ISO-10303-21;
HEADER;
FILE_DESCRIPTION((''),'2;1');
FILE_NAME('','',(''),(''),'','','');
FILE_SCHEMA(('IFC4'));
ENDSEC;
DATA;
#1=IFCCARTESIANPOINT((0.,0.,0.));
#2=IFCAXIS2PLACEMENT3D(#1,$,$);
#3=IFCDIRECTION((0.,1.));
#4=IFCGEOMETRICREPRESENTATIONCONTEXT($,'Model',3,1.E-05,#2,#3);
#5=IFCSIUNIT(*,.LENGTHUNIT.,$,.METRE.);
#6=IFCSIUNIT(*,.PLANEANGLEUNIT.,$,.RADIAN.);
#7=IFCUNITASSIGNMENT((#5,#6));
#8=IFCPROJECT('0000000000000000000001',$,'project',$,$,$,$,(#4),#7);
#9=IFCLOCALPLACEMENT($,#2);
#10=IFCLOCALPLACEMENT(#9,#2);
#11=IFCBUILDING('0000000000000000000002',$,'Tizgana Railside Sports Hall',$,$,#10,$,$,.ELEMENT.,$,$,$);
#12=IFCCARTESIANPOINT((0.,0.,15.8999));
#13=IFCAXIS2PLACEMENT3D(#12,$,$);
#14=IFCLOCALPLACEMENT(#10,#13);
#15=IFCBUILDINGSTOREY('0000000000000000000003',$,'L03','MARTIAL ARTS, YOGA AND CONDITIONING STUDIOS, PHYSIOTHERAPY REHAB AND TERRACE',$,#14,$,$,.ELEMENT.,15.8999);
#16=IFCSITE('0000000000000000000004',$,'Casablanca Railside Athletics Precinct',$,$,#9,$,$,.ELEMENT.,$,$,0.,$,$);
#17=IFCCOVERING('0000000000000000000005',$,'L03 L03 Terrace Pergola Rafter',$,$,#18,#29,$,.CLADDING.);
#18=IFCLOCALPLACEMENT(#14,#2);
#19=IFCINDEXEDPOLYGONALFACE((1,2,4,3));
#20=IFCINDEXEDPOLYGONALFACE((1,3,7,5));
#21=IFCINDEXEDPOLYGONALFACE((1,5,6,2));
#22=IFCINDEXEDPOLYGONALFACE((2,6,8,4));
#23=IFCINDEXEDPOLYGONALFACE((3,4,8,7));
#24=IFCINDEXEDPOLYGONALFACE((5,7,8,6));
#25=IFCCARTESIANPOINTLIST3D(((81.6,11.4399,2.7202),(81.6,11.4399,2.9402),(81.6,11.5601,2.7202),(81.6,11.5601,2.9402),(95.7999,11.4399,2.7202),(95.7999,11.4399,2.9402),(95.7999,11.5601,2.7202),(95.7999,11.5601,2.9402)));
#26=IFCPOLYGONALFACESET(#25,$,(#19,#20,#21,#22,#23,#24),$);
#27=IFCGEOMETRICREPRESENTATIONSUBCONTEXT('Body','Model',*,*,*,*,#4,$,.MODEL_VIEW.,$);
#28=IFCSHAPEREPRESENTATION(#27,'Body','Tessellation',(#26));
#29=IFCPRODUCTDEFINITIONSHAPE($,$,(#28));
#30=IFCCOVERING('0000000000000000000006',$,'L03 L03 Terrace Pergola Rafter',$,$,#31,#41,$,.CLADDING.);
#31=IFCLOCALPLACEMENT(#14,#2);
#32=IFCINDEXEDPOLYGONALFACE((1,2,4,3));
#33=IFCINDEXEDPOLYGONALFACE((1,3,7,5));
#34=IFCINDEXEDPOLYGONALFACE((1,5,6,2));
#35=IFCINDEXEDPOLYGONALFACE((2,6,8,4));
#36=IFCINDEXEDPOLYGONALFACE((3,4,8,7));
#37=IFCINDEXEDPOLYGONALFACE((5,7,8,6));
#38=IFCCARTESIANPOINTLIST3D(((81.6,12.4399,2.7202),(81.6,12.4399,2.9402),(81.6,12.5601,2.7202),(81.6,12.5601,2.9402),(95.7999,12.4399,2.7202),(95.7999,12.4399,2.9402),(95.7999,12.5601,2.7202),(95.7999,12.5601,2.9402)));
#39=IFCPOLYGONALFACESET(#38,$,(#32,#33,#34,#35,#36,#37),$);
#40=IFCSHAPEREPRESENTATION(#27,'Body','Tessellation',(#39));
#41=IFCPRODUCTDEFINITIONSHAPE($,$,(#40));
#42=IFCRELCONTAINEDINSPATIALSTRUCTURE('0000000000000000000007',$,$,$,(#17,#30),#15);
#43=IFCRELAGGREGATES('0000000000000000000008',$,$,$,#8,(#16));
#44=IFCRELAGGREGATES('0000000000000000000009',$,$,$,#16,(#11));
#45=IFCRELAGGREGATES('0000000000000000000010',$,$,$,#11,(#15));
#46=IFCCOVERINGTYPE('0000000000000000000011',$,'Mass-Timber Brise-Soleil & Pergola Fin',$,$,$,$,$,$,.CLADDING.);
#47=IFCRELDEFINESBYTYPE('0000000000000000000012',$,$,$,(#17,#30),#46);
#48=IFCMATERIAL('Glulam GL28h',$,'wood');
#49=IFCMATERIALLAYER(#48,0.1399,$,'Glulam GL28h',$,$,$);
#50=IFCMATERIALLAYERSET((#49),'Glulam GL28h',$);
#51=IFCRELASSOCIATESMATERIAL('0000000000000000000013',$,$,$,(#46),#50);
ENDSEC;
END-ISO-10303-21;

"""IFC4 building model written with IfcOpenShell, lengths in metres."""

from ifc_helpers import new_model, si_unit, direction, frame, origin, origin_2d, place, context, subcontext, project, spatial, rectangle, extrude, material, layer, layer_set, type_object, element, save


model = new_model("IFC4")

# Units and contexts
model_context = context("Model", 3, precision=1e-05, world=origin(), true_north=direction((0.0, 1.0)))
body_context = subcontext(model_context, "Body", "Model", "MODEL_VIEW")
ifc_project = project(units=[si_unit("LENGTHUNIT", "METRE"), si_unit("PLANEANGLEUNIT", "RADIAN")], contexts=[model_context])

# Site, building, storey
site_placement = place(None, origin())
site = spatial("IfcSite", under=ifc_project, at=site_placement, Name="Casablanca Railside Athletics Precinct", CompositionType="ELEMENT", RefElevation=0.0)
building_placement = place(site_placement, origin())
building = spatial("IfcBuilding", under=site, at=building_placement, Name="Tizgana Railside Sports Hall", CompositionType="ELEMENT")
storey_placement = place(building_placement, frame((0.0, 0.0, 15.8999)))
storey = spatial("IfcBuildingStorey", under=building, at=storey_placement, Name="L03", Description="MARTIAL ARTS, YOGA AND CONDITIONING STUDIOS, PHYSIOTHERAPY REHAB AND TERRACE", CompositionType="ELEMENT", Elevation=15.8999)

# Coverings
ifc_material_1 = material(Name="Glulam GL28h", Category="wood")
ifc_layer_1 = layer(ifc_material_1, 0.1399, Name="Glulam GL28h")
ifc_layer_set_1 = layer_set([ifc_layer_1], Name="Glulam GL28h")
covering_type = type_object("IfcCoveringType", Name="Mass-Timber Brise-Soleil & Pergola Fin", PredefinedType="CLADDING", material=ifc_layer_set_1)
for number, where, z_axis, x_axis, name in (
    (1, (88.7, 11.5, 2.7202), (0.0, 0.0, 1.0), (1.0, 0.0, 0.0), "L03 L03 Terrace Pergola Rafter"),
    (2, (88.7, 12.5, 2.7202), (0.0, 0.0, 1.0), (1.0, 0.0, 0.0), "L03 L03 Terrace Pergola Rafter"),
):
    element("IfcCovering", number, at=place(storey_placement, frame(where, z_axis=z_axis, x_axis=x_axis)), inside=storey, type_object=covering_type, Name=name, PredefinedType="CLADDING", context=body_context, shape_type="SweptSolid", body=[
        extrude(rectangle(XDim=14.2, YDim=0.1201, at=origin_2d()), origin(), (0.0, 0.0, 1.0), 0.22),
    ])

save(model, "model.ifc")
